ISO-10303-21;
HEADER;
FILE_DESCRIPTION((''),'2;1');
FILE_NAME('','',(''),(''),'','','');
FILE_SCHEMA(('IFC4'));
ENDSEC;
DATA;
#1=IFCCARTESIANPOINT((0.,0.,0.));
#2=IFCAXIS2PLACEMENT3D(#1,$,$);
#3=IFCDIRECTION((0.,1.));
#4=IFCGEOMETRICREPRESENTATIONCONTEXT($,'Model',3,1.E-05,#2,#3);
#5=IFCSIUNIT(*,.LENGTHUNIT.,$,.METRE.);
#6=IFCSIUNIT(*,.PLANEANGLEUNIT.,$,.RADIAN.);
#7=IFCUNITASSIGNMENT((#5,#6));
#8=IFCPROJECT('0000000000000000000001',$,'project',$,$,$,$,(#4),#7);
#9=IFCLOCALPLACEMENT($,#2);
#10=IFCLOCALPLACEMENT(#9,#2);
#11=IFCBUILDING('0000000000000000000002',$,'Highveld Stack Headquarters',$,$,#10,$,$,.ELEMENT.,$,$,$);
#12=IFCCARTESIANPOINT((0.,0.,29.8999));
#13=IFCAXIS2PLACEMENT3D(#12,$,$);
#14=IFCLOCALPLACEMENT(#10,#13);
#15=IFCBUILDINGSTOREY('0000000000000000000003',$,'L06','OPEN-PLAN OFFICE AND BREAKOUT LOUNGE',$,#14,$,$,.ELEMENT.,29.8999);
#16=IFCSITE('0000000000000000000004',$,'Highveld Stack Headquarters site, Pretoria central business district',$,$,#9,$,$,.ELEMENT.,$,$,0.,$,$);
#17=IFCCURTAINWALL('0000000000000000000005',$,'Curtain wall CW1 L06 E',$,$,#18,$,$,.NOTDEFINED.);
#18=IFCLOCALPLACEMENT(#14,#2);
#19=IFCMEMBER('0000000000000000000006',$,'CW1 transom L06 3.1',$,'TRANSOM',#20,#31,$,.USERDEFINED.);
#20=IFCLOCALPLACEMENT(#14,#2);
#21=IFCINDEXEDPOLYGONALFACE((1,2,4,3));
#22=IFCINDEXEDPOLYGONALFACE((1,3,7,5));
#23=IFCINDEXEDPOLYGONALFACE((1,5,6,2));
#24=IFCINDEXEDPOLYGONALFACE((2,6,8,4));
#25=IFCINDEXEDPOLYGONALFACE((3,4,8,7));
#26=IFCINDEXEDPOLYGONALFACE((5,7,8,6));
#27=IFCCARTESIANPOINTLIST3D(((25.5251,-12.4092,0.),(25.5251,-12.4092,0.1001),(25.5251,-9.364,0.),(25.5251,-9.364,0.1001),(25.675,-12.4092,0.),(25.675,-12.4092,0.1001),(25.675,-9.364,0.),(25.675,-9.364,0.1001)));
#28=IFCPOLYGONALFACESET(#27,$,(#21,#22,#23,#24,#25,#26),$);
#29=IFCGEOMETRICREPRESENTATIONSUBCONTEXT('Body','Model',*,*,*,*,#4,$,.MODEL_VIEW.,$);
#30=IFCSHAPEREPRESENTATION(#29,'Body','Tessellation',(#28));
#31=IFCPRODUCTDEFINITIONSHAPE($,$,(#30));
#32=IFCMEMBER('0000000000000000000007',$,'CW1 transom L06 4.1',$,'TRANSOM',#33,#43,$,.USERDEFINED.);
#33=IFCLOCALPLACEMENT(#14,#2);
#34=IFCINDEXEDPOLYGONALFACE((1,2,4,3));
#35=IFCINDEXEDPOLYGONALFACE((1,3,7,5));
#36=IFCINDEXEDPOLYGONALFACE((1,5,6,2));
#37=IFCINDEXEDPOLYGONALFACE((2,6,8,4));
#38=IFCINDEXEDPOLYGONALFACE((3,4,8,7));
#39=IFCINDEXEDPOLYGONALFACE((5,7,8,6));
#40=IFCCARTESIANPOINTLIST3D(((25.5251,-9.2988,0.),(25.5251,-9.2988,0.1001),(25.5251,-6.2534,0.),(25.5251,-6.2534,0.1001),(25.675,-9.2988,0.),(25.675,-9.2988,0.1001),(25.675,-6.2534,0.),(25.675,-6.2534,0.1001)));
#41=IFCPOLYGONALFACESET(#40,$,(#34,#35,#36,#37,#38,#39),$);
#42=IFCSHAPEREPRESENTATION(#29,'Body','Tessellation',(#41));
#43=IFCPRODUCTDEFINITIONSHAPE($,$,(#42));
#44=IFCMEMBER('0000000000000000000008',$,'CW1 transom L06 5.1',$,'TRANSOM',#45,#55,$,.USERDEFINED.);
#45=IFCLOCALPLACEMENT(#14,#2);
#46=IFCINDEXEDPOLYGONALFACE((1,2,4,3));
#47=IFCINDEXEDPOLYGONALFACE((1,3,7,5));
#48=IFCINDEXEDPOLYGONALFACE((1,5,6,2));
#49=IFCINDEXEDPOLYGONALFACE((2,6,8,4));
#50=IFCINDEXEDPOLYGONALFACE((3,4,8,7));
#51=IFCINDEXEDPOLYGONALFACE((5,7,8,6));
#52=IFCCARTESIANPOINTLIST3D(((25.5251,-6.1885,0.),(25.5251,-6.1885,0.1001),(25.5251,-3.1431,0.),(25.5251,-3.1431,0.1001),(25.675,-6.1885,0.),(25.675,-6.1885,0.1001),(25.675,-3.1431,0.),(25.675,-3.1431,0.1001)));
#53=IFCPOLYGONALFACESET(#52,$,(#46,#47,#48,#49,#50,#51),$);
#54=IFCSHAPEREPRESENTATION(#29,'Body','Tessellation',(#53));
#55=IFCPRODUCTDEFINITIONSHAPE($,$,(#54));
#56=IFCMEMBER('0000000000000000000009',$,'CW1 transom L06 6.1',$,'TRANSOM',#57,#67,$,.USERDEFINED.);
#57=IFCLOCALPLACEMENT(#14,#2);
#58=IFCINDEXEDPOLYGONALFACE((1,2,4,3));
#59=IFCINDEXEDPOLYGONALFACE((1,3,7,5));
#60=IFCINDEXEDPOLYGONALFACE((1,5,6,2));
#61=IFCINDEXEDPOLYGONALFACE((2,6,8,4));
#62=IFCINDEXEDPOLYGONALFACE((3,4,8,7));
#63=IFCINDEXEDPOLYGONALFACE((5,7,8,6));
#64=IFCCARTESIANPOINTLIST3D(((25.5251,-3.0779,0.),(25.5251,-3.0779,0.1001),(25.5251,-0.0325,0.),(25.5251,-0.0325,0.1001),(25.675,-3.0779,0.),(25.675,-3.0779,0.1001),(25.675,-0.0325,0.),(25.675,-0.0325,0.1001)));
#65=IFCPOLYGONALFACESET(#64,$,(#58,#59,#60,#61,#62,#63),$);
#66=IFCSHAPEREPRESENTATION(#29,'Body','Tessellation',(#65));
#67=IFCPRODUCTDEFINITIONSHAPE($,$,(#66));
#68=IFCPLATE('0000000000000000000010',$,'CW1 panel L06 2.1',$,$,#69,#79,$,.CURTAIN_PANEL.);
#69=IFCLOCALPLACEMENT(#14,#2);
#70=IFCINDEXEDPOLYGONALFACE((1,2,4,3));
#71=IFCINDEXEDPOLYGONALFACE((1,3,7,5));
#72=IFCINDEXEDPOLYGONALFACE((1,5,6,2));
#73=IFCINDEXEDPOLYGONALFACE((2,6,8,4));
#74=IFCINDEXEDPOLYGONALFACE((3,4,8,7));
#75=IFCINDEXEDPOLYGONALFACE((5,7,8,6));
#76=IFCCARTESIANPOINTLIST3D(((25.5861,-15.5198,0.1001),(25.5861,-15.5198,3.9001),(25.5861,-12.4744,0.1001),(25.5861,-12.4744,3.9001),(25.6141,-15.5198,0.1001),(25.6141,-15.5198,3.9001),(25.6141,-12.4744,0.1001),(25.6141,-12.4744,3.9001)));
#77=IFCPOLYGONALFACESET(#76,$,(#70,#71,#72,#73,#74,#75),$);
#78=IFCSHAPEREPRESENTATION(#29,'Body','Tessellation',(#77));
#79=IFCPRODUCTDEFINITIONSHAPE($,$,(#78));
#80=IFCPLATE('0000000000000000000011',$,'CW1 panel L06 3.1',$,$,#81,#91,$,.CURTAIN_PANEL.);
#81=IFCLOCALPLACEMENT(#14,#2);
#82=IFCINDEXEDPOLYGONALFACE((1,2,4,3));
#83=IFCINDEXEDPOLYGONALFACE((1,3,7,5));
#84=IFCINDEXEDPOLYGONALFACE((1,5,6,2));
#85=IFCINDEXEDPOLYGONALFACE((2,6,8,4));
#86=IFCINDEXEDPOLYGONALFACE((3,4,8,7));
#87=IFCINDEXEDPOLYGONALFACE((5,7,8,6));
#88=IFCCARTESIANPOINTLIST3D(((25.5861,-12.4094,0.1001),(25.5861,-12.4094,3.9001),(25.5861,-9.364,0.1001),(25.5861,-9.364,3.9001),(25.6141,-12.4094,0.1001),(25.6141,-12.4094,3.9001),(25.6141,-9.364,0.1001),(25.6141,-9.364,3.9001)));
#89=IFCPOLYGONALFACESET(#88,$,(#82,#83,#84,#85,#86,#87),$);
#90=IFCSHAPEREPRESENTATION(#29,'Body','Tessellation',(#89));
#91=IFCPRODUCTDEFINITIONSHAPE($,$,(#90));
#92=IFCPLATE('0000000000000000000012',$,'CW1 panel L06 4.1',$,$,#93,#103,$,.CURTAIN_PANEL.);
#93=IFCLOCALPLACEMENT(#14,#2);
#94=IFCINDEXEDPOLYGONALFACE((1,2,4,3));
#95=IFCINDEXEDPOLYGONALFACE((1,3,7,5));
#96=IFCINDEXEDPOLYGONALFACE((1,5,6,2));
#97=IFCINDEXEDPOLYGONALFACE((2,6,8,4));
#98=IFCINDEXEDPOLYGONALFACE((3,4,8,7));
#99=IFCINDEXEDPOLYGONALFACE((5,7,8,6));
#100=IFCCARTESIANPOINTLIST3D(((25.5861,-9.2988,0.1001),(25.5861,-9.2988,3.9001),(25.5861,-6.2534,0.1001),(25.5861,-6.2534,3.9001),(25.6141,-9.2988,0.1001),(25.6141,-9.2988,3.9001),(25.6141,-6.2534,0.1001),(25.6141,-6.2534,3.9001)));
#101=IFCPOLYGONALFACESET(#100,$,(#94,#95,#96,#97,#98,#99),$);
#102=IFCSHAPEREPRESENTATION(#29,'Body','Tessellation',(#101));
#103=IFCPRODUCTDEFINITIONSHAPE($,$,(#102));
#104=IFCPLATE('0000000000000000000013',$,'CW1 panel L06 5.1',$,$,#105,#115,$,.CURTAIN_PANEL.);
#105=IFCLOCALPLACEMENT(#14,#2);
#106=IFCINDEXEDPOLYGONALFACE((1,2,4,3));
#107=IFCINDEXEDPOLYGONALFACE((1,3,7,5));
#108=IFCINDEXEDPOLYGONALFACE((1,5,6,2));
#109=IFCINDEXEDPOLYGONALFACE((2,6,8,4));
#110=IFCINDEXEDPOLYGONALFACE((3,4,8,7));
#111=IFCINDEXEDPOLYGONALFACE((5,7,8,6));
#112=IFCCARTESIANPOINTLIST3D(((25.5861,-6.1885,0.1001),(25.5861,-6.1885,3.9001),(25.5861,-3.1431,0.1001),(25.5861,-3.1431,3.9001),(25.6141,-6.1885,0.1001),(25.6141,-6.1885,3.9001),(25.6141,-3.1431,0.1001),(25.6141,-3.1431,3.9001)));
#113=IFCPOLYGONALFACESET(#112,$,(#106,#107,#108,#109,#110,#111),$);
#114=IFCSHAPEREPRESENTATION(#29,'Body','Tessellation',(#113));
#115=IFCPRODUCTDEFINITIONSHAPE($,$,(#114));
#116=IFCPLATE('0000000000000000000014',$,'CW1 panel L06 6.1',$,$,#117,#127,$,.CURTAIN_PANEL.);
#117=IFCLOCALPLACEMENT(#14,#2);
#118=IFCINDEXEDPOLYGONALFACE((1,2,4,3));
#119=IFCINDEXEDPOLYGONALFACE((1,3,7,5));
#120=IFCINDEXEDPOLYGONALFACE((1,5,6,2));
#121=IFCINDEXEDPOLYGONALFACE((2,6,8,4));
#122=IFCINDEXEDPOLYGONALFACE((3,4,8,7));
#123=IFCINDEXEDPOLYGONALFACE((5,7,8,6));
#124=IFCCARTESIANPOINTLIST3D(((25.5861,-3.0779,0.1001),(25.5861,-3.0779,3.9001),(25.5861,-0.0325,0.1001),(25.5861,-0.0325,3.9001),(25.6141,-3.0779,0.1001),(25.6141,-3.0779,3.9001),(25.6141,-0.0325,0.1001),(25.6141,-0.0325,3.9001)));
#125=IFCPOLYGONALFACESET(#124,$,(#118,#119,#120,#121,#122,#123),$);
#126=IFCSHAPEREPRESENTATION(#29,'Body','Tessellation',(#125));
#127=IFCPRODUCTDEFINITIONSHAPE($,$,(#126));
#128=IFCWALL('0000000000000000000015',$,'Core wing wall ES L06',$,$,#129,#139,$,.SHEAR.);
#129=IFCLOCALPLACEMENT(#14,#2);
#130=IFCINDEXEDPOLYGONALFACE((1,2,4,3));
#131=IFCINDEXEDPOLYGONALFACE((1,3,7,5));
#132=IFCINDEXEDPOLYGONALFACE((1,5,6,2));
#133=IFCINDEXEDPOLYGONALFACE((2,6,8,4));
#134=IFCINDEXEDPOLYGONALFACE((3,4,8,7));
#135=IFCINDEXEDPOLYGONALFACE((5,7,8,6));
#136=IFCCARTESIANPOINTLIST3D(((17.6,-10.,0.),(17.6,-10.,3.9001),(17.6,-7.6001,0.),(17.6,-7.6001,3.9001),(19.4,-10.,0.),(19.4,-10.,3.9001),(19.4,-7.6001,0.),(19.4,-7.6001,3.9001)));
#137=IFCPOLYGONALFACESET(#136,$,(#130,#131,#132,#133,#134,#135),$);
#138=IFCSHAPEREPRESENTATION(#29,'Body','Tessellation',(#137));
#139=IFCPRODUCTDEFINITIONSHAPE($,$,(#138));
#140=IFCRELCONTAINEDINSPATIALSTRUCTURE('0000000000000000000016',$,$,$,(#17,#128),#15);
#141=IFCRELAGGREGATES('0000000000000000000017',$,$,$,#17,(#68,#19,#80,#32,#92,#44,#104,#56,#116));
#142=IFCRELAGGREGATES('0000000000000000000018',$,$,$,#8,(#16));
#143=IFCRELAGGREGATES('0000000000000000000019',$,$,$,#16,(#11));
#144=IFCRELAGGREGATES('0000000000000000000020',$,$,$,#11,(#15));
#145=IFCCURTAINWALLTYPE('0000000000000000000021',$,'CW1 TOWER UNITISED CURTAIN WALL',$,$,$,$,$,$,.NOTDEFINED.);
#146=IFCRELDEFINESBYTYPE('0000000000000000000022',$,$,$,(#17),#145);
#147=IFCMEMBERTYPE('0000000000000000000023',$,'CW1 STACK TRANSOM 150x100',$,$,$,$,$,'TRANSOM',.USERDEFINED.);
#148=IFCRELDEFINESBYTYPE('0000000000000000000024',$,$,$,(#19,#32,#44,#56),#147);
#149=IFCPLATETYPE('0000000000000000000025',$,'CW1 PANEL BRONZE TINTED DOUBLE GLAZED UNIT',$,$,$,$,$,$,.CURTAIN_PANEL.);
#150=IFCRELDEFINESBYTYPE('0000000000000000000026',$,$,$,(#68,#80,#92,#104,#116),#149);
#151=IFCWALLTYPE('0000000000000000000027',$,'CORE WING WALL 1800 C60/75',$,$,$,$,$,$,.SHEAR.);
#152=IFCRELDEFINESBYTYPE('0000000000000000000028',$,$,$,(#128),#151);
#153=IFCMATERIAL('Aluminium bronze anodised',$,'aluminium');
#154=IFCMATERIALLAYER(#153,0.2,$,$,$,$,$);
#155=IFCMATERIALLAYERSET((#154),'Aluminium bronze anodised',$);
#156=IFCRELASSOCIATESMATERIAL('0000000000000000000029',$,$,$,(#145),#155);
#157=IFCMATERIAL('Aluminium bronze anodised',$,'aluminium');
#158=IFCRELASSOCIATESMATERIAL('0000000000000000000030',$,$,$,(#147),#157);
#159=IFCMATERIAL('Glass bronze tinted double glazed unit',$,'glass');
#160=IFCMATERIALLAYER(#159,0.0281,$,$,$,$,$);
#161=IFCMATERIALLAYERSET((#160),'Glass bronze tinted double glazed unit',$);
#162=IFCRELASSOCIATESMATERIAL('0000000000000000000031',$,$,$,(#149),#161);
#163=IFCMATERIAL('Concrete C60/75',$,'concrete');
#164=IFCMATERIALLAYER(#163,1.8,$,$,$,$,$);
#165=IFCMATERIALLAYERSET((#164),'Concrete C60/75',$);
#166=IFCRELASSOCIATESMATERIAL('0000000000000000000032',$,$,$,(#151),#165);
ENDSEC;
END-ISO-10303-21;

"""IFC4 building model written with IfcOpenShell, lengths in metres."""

from ifc_helpers import new_model, si_unit, direction, frame, frame_2d, origin, origin_2d, place, context, subcontext, project, spatial, rectangle, extrude, material, layer, layer_set, material_profile, profile_set, type_object, element, aggregate, save


model = new_model("IFC4")

# Units and contexts
model_context = context("Model", 3, precision=1e-05, world=origin(), true_north=direction((0.0, 1.0)))
body_context = subcontext(model_context, "Body", "Model", "MODEL_VIEW")
ifc_project = project(units=[si_unit("LENGTHUNIT", "METRE"), si_unit("PLANEANGLEUNIT", "RADIAN")], contexts=[model_context])

# Site, building, storey
site_placement = place(None, origin())
site = spatial("IfcSite", under=ifc_project, at=site_placement, Name="Highveld Stack Headquarters site, Pretoria central business district", CompositionType="ELEMENT", RefElevation=0.0)
building_placement = place(site_placement, origin())
building = spatial("IfcBuilding", under=site, at=building_placement, Name="Highveld Stack Headquarters", CompositionType="ELEMENT")
storey_placement = place(building_placement, frame((0.0, 0.0, 29.8999)))
storey = spatial("IfcBuildingStorey", under=building, at=storey_placement, Name="L06", Description="OPEN-PLAN OFFICE AND BREAKOUT LOUNGE", CompositionType="ELEMENT", Elevation=29.8999)

# Curtain wall, members, plates
ifc_material_1 = material(Name="Aluminium bronze anodised", Category="aluminium")
ifc_layer_1 = layer(ifc_material_1, 0.2)
ifc_layer_set_1 = layer_set([ifc_layer_1], Name="Aluminium bronze anodised")
curtain_wall_type = type_object("IfcCurtainWallType", Name="CW1 TOWER UNITISED CURTAIN WALL", PredefinedType="NOTDEFINED", material=ifc_layer_set_1)
curtain_wall_placement = place(storey_placement, origin())
curtain_wall = element("IfcCurtainWall", 1, at=curtain_wall_placement, inside=storey, type_object=curtain_wall_type, Name="Curtain wall CW1 L06 E", PredefinedType="NOTDEFINED")
ifc_material_2 = material(Name="Aluminium bronze anodised", Category="aluminium")
ifc_material_profile_1 = material_profile(ifc_material_2, rectangle(XDim=0.1499, YDim=0.1001, at=origin_2d()), Name="CW1 TRANSOM 150x100")
ifc_profile_set_1 = profile_set([ifc_material_profile_1], Name="Aluminium bronze anodised")
member_type_1 = type_object("IfcMemberType", Name="CW1 STACK TRANSOM 150x100", ElementType="TRANSOM", PredefinedType="USERDEFINED", material=ifc_profile_set_1)
member_1_placement = place(storey_placement, frame((25.6001, -12.4092, 0.05), z_axis=(0.0, 1.0, 0.0), x_axis=(-1.0, 0.0, 0.0)))
member_1 = element("IfcMember", 2, at=member_1_placement, type_object=member_type_1, Name="CW1 transom L06 3.1", ObjectType="TRANSOM", PredefinedType="USERDEFINED", context=body_context, shape_type="SweptSolid", body=[
    extrude(rectangle(XDim=0.1499, YDim=0.1001, at=origin_2d()), origin(), (0.0, 0.0, 1.0), 3.0452),
])
member_2_placement = place(storey_placement, frame((25.6001, -9.2988, 0.05), z_axis=(0.0, 1.0, 0.0), x_axis=(-1.0, 0.0, 0.0)))
member_2 = element("IfcMember", 3, at=member_2_placement, type_object=member_type_1, Name="CW1 transom L06 4.1", ObjectType="TRANSOM", PredefinedType="USERDEFINED", context=body_context, shape_type="SweptSolid", body=[
    extrude(rectangle(XDim=0.1499, YDim=0.1001, at=origin_2d()), origin(), (0.0, 0.0, 1.0), 3.0454),
])
member_3_placement = place(storey_placement, frame((25.6001, -6.1885, 0.05), z_axis=(0.0, 1.0, 0.0), x_axis=(-1.0, 0.0, 0.0)))
member_3 = element("IfcMember", 4, at=member_3_placement, type_object=member_type_1, Name="CW1 transom L06 5.1", ObjectType="TRANSOM", PredefinedType="USERDEFINED", context=body_context, shape_type="SweptSolid", body=[
    extrude(rectangle(XDim=0.1499, YDim=0.1001, at=origin_2d()), origin(), (0.0, 0.0, 1.0), 3.0454),
])
member_4_placement = place(storey_placement, frame((25.6001, -3.0779, 0.05), z_axis=(0.0, 1.0, 0.0), x_axis=(-1.0, 0.0, 0.0)))
member_4 = element("IfcMember", 5, at=member_4_placement, type_object=member_type_1, Name="CW1 transom L06 6.1", ObjectType="TRANSOM", PredefinedType="USERDEFINED", context=body_context, shape_type="SweptSolid", body=[
    extrude(rectangle(XDim=0.1499, YDim=0.1001, at=origin_2d()), origin(), (0.0, 0.0, 1.0), 3.0454),
])
ifc_material_3 = material(Name="Glass bronze tinted double glazed unit", Category="glass")
ifc_layer_2 = layer(ifc_material_3, 0.0281)
ifc_layer_set_2 = layer_set([ifc_layer_2], Name="Glass bronze tinted double glazed unit")
plate_type = type_object("IfcPlateType", Name="CW1 PANEL BRONZE TINTED DOUBLE GLAZED UNIT", PredefinedType="CURTAIN_PANEL", material=ifc_layer_set_2)
plate_1_placement = place(storey_placement, frame((25.6001, -13.9971, 0.1001), z_axis=(0.0, 0.0, 1.0), x_axis=(0.0, 1.0, 0.0)))
plate_1 = element("IfcPlate", 6, at=plate_1_placement, type_object=plate_type, Name="CW1 panel L06 2.1", PredefinedType="CURTAIN_PANEL", context=body_context, shape_type="SweptSolid", body=[
    extrude(rectangle(XDim=3.0454, YDim=0.0281, at=origin_2d()), origin(), (0.0, 0.0, 1.0), 3.8),
])
plate_2_placement = place(storey_placement, frame((25.6001, -10.8867, 0.1001), z_axis=(0.0, 0.0, 1.0), x_axis=(0.0, 1.0, 0.0)))
plate_2 = element("IfcPlate", 7, at=plate_2_placement, type_object=plate_type, Name="CW1 panel L06 3.1", PredefinedType="CURTAIN_PANEL", context=body_context, shape_type="SweptSolid", body=[
    extrude(rectangle(XDim=3.0454, YDim=0.0281, at=origin_2d()), origin(), (0.0, 0.0, 1.0), 3.8),
])
plate_3_placement = place(storey_placement, frame((25.6001, -7.7761, 0.1001), z_axis=(0.0, 0.0, 1.0), x_axis=(0.0, 1.0, 0.0)))
plate_3 = element("IfcPlate", 8, at=plate_3_placement, type_object=plate_type, Name="CW1 panel L06 4.1", PredefinedType="CURTAIN_PANEL", context=body_context, shape_type="SweptSolid", body=[
    extrude(rectangle(XDim=3.0454, YDim=0.0281, at=origin_2d()), origin(), (0.0, 0.0, 1.0), 3.8),
])
plate_4_placement = place(storey_placement, frame((25.6001, -4.6658, 0.1001), z_axis=(0.0, 0.0, 1.0), x_axis=(0.0, 1.0, 0.0)))
plate_4 = element("IfcPlate", 9, at=plate_4_placement, type_object=plate_type, Name="CW1 panel L06 5.1", PredefinedType="CURTAIN_PANEL", context=body_context, shape_type="SweptSolid", body=[
    extrude(rectangle(XDim=3.0454, YDim=0.0281, at=origin_2d()), origin(), (0.0, 0.0, 1.0), 3.8),
])
plate_5_placement = place(storey_placement, frame((25.6001, -1.5552, 0.1001), z_axis=(0.0, 0.0, 1.0), x_axis=(0.0, 1.0, 0.0)))
plate_5 = element("IfcPlate", 10, at=plate_5_placement, type_object=plate_type, Name="CW1 panel L06 6.1", PredefinedType="CURTAIN_PANEL", context=body_context, shape_type="SweptSolid", body=[
    extrude(rectangle(XDim=3.0454, YDim=0.0281, at=origin_2d()), origin(), (0.0, 0.0, 1.0), 3.8),
])
aggregate(curtain_wall, [plate_1, member_1, plate_2, member_2, plate_3, member_3, plate_4, member_4, plate_5])

# Wall
ifc_material_4 = material(Name="Concrete C60/75", Category="concrete")
ifc_layer_3 = layer(ifc_material_4, 1.8)
ifc_layer_set_3 = layer_set([ifc_layer_3], Name="Concrete C60/75")
wall_type_1 = type_object("IfcWallType", Name="CORE WING WALL 1800 C60/75", PredefinedType="SHEAR", material=ifc_layer_set_3)
wall_1_placement = place(storey_placement, frame((18.5, -10.0, 0.0), z_axis=(0.0, 0.0, 1.0), x_axis=(0.0, 1.0, 0.0)))
element("IfcWall", 11, at=wall_1_placement, inside=storey, type_object=wall_type_1, Name="Core wing wall ES L06", PredefinedType="SHEAR", context=body_context, shape_type="SweptSolid", body=[
    extrude(rectangle(XDim=2.3999, YDim=1.8, at=frame_2d((1.2, 0.0))), origin(), (0.0, 0.0, 1.0), 3.9001),
])

save(model, "model.ifc")
